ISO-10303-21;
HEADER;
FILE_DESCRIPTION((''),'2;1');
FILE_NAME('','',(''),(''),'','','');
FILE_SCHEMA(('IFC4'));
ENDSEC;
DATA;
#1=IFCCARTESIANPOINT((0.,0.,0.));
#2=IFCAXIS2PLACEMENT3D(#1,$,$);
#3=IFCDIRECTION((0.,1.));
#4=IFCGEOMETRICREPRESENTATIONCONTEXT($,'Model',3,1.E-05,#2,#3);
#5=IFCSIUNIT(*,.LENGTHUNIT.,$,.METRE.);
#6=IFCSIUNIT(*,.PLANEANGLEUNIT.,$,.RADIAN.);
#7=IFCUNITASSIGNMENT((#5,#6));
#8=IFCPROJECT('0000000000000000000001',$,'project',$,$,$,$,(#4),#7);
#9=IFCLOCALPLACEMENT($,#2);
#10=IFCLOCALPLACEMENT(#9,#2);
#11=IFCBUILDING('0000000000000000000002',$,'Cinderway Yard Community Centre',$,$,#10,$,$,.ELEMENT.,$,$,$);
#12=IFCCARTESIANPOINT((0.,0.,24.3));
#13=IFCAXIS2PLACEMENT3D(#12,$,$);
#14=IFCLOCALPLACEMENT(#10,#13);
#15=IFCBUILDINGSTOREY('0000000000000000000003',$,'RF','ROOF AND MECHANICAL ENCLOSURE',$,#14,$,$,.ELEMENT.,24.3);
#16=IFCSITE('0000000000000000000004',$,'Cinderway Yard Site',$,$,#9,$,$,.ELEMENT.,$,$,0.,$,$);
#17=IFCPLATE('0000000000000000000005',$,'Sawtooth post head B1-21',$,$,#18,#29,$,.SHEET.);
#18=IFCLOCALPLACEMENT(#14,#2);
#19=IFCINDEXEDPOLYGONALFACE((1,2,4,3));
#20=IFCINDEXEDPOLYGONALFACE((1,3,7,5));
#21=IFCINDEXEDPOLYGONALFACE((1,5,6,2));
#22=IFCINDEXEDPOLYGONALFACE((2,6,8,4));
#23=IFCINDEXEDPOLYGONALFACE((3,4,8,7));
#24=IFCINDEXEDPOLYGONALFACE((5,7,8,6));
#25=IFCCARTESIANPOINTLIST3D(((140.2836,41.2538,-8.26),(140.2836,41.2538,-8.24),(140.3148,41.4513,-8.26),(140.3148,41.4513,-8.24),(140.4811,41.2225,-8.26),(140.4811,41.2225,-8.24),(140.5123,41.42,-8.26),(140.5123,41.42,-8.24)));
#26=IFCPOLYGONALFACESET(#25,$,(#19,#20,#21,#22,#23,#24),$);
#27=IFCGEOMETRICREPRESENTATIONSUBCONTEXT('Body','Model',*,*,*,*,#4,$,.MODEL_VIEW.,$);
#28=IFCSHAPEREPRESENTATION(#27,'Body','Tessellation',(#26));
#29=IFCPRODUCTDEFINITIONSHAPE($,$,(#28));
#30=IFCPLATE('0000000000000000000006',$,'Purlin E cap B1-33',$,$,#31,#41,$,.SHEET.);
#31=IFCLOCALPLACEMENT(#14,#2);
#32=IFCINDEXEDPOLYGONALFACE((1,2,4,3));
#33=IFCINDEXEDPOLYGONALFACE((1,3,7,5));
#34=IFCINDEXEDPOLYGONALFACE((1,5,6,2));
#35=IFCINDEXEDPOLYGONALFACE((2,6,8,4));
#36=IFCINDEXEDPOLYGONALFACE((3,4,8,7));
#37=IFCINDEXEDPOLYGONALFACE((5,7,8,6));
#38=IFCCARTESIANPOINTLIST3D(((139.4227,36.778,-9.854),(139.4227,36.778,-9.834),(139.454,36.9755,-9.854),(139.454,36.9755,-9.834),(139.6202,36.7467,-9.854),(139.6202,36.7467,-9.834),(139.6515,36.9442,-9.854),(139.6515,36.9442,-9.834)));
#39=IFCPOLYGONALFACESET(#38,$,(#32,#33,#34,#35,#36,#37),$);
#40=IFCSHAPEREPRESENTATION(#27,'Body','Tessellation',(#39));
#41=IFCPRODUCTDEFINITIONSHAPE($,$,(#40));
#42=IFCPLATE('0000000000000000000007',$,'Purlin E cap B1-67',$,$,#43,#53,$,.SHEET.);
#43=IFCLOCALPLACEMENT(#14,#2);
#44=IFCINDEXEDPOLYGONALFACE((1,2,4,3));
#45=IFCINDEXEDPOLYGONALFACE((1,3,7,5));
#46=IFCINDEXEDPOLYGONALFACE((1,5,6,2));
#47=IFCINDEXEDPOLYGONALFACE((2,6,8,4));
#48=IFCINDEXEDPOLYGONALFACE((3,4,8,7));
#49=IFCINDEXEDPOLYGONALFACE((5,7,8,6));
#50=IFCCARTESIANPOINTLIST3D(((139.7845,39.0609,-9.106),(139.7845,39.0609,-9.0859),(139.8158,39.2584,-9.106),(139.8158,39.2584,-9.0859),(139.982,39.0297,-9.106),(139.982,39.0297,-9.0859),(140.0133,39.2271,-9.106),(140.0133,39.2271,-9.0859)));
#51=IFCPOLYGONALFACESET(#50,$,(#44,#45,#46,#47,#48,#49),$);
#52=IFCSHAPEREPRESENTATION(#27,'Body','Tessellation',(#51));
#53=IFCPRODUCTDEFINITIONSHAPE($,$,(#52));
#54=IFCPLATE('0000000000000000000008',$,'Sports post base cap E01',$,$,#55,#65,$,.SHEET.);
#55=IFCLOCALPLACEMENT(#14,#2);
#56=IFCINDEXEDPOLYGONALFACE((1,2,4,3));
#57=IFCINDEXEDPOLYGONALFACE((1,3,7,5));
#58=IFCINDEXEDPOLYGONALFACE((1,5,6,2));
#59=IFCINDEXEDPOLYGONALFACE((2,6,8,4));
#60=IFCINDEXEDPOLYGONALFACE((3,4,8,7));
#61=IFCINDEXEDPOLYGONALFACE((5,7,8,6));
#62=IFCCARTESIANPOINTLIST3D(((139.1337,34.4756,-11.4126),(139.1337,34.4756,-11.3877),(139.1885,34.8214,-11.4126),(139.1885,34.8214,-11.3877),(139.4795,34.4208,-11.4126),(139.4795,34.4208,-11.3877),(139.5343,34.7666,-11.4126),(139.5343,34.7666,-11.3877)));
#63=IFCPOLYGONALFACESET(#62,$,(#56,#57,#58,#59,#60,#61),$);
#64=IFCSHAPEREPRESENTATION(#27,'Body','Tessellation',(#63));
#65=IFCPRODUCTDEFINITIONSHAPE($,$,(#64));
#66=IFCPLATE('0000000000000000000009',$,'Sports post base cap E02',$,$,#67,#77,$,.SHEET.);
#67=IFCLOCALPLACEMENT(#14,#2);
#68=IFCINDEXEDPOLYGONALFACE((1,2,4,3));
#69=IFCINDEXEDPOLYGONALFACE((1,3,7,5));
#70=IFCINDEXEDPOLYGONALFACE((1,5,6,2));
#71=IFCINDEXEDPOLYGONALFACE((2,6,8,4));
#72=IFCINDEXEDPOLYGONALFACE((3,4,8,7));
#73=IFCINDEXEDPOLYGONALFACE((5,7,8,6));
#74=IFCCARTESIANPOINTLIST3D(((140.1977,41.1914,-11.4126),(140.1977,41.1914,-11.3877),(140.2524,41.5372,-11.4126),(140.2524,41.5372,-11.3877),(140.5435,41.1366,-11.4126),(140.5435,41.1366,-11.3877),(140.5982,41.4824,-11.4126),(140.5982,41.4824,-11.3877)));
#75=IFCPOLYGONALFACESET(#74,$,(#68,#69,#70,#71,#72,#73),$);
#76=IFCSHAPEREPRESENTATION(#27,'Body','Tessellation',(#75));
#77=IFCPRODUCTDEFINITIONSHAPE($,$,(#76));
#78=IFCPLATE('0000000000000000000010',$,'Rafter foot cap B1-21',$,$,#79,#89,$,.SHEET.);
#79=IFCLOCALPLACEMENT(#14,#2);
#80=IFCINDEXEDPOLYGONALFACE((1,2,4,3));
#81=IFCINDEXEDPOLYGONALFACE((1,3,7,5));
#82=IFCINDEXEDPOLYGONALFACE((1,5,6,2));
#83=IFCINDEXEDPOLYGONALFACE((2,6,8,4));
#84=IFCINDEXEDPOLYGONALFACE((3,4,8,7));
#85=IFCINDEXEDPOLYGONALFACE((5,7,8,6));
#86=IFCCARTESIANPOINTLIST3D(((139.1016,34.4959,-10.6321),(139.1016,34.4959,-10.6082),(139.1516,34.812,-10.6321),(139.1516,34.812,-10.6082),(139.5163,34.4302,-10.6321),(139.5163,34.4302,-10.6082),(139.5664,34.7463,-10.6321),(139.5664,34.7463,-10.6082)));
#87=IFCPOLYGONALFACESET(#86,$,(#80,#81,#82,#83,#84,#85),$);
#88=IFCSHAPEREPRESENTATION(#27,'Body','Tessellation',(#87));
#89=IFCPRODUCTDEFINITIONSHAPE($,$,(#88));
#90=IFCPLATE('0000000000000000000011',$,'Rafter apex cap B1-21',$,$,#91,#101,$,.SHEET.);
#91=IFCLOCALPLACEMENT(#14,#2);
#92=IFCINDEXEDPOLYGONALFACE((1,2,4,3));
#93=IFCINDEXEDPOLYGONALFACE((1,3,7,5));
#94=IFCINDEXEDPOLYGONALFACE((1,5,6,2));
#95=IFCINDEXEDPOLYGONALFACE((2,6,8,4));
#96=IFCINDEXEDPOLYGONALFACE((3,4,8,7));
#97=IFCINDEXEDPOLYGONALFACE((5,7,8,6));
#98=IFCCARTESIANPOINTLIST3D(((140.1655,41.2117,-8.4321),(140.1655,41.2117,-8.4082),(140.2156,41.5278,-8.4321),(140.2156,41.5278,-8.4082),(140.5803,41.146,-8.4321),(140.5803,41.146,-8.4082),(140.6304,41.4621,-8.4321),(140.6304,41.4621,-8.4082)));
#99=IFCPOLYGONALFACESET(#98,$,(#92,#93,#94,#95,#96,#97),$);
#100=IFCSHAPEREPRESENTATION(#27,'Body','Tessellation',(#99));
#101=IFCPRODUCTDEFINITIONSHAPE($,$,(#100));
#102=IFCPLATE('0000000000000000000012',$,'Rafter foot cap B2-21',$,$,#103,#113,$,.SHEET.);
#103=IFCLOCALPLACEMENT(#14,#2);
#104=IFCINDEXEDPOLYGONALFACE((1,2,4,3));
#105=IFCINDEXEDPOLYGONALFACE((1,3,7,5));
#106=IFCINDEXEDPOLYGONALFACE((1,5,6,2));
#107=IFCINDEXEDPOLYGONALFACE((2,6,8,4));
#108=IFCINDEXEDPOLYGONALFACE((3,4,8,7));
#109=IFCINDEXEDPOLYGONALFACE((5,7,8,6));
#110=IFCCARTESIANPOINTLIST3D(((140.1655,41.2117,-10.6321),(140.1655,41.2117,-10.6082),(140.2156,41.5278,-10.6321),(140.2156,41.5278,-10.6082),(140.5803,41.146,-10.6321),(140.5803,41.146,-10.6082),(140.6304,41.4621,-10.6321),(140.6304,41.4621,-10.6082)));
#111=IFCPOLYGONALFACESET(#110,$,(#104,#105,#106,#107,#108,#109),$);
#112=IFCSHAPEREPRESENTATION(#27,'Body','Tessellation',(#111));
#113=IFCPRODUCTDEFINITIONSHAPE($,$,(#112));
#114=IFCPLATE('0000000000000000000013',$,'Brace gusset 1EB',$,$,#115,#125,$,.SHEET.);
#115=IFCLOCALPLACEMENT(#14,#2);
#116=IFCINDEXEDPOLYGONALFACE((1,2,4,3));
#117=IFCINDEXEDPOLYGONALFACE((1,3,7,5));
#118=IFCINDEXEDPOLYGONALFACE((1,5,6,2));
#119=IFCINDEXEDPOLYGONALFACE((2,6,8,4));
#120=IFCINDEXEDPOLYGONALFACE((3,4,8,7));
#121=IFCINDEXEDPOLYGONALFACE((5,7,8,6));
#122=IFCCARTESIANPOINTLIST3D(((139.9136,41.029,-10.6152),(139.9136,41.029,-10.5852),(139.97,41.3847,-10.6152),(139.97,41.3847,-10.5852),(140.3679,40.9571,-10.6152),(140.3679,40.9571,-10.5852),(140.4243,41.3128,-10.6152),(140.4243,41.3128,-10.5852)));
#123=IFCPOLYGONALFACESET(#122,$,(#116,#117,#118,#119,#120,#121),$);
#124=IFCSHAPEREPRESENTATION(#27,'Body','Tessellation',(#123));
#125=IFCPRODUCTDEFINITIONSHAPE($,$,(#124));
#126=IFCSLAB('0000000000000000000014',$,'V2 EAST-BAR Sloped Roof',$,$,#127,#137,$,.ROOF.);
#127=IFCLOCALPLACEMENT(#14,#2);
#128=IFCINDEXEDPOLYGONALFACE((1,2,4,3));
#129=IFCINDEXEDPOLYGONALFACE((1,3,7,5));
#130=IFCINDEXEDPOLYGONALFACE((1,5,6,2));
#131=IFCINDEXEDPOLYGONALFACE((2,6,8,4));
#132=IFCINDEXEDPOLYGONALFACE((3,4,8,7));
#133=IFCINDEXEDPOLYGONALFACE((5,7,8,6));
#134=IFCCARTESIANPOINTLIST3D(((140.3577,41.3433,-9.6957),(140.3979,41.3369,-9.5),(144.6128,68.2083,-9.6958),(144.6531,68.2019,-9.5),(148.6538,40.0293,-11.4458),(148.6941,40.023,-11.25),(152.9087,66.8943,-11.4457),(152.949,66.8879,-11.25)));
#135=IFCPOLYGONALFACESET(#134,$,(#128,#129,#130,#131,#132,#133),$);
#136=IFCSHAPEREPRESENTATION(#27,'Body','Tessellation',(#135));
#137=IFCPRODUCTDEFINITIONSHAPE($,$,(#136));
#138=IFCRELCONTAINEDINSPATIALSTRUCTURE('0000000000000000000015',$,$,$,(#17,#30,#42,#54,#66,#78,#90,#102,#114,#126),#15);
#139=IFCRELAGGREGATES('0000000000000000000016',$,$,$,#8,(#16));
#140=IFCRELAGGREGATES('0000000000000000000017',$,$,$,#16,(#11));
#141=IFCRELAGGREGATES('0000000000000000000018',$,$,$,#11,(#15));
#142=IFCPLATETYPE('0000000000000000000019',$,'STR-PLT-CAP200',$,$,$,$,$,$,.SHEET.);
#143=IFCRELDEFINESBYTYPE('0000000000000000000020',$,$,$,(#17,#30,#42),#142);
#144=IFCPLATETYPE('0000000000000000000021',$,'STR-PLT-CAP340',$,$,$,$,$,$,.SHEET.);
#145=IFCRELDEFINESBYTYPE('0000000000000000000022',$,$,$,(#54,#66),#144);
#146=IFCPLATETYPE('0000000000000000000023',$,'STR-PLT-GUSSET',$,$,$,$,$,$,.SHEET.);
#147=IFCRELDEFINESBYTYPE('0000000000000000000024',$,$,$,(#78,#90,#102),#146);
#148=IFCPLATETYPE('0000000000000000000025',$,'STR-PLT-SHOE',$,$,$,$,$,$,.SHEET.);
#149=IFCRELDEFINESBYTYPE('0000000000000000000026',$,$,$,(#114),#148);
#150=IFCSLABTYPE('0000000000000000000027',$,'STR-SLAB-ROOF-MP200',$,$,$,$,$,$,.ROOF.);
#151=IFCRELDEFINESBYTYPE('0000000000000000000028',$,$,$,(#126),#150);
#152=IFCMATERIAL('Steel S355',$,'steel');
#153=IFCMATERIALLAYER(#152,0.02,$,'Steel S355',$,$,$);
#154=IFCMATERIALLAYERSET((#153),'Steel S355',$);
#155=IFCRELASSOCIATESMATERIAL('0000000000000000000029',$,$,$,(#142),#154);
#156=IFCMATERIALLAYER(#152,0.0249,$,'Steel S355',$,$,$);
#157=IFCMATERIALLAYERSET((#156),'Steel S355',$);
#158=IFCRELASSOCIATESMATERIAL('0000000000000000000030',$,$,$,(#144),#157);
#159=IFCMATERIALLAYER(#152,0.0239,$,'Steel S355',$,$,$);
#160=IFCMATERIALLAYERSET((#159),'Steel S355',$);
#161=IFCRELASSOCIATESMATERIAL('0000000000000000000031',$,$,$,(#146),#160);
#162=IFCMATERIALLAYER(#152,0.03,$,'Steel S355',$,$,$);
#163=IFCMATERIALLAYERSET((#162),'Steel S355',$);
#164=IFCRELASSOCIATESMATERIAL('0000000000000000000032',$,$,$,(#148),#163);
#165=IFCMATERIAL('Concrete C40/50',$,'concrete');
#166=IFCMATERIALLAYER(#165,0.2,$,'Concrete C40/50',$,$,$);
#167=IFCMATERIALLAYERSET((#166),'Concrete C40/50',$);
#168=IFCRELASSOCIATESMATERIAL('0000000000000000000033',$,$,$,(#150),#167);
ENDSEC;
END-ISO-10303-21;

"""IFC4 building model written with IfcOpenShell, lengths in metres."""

from ifc_helpers import new_model, si_unit, direction, frame, origin, origin_2d, place, context, subcontext, project, spatial, polyline, rectangle, outline, extrude, material, layer, layer_set, type_object, element, save


model = new_model("IFC4")

# Units and contexts
model_context = context("Model", 3, precision=1e-05, world=origin(), true_north=direction((0.0, 1.0)))
body_context = subcontext(model_context, "Body", "Model", "MODEL_VIEW")
ifc_project = project(units=[si_unit("LENGTHUNIT", "METRE"), si_unit("PLANEANGLEUNIT", "RADIAN")], contexts=[model_context])

# Site, building, storey
site_placement = place(None, origin())
site = spatial("IfcSite", under=ifc_project, at=site_placement, Name="Cinderway Yard Site", CompositionType="ELEMENT", RefElevation=0.0)
building_placement = place(site_placement, origin())
building = spatial("IfcBuilding", under=site, at=building_placement, Name="Cinderway Yard Community Centre", CompositionType="ELEMENT")
storey_placement = place(building_placement, frame((0.0, 0.0, 24.3)))
storey = spatial("IfcBuildingStorey", under=building, at=storey_placement, Name="RF", Description="ROOF AND MECHANICAL ENCLOSURE", CompositionType="ELEMENT", Elevation=24.3)

# Shared definitions
ifc_material_1 = material(Name="Steel S355", Category="steel")

# Plates
ifc_layer_1 = layer(ifc_material_1, 0.02, Name="Steel S355")
ifc_layer_set_1 = layer_set([ifc_layer_1], Name="Steel S355")
plate_type_1 = type_object("IfcPlateType", Name="STR-PLT-CAP200", PredefinedType="SHEET", material=ifc_layer_set_1)
for number, where, z_axis, x_axis, name in (
    (1, (140.3979, 41.3369, -8.26), (0.0, 0.0, 1.0), (0.987688, -0.156434, 0.0), "Sawtooth post head B1-21"),
    (2, (139.5371, 36.8611, -9.854), (0.0, 0.0, 1.0), (0.987688, -0.156434, 0.0), "Purlin E cap B1-33"),
    (3, (139.8989, 39.144, -9.106), (0.0, 0.0, 1.0), (0.987688, -0.156434, 0.0), "Purlin E cap B1-67"),
):
    element("IfcPlate", number, at=place(storey_placement, frame(where, z_axis=z_axis, x_axis=x_axis)), inside=storey, type_object=plate_type_1, Name=name, PredefinedType="SHEET", context=body_context, shape_type="SweptSolid", body=[
        extrude(rectangle(XDim=0.2, YDim=0.2, at=origin_2d()), origin(), (0.0, 0.0, 1.0), 0.02),
    ])
ifc_layer_2 = layer(ifc_material_1, 0.0249, Name="Steel S355")
ifc_layer_set_2 = layer_set([ifc_layer_2], Name="Steel S355")
plate_type_2 = type_object("IfcPlateType", Name="STR-PLT-CAP340", PredefinedType="SHEET", material=ifc_layer_set_2)
for number, where, z_axis, x_axis, name in (
    (4, (139.334, 34.6211, -11.4126), (0.0, 0.0, 1.0), (0.987688, -0.156434, 0.0), "Sports post base cap E01"),
    (5, (140.3979, 41.3369, -11.4126), (0.0, 0.0, 1.0), (0.987688, -0.156434, 0.0), "Sports post base cap E02"),
):
    element("IfcPlate", number, at=place(storey_placement, frame(where, z_axis=z_axis, x_axis=x_axis)), inside=storey, type_object=plate_type_2, Name=name, PredefinedType="SHEET", context=body_context, shape_type="SweptSolid", body=[
        extrude(rectangle(XDim=0.3501, YDim=0.3501, at=origin_2d()), origin(), (0.0, 0.0, 1.0), 0.0249),
    ])
ifc_layer_3 = layer(ifc_material_1, 0.0239, Name="Steel S355")
ifc_layer_set_3 = layer_set([ifc_layer_3], Name="Steel S355")
plate_type_3 = type_object("IfcPlateType", Name="STR-PLT-GUSSET", PredefinedType="SHEET", material=ifc_layer_set_3)
for number, where, z_axis, x_axis, name in (
    (6, (139.334, 34.6211, -10.6321), (0.0, 0.0, 1.0), (0.987688, -0.156434, 0.0), "Rafter foot cap B1-21"),
    (7, (140.3979, 41.3369, -8.4321), (0.0, 0.0, 1.0), (0.987688, -0.156434, 0.0), "Rafter apex cap B1-21"),
    (8, (140.3979, 41.3369, -10.6321), (0.0, 0.0, 1.0), (0.987688, -0.156434, 0.0), "Rafter foot cap B2-21"),
):
    element("IfcPlate", number, at=place(storey_placement, frame(where, z_axis=z_axis, x_axis=x_axis)), inside=storey, type_object=plate_type_3, Name=name, PredefinedType="SHEET", context=body_context, shape_type="SweptSolid", body=[
        extrude(rectangle(XDim=0.4199, YDim=0.3201, at=origin_2d()), origin(), (0.0, 0.0, 1.0), 0.0239),
    ])
ifc_layer_4 = layer(ifc_material_1, 0.03, Name="Steel S355")
ifc_layer_set_4 = layer_set([ifc_layer_4], Name="Steel S355")
plate_type_4 = type_object("IfcPlateType", Name="STR-PLT-SHOE", PredefinedType="SHEET", material=ifc_layer_set_4)
plate_1_placement = place(storey_placement, frame((140.1689, 41.1709, -10.6152), z_axis=(0.0, 0.0, 1.0), x_axis=(0.987688, -0.156434, 0.0)))
element("IfcPlate", 9, at=plate_1_placement, inside=storey, type_object=plate_type_4, Name="Brace gusset 1EB", PredefinedType="SHEET", context=body_context, shape_type="SweptSolid", body=[
    extrude(rectangle(XDim=0.46, YDim=0.3601, at=origin_2d()), origin(), (0.0, 0.0, 1.0), 0.03),
])

# Slab
ifc_material_2 = material(Name="Concrete C40/50", Category="concrete")
ifc_layer_5 = layer(ifc_material_2, 0.2, Name="Concrete C40/50")
ifc_layer_set_5 = layer_set([ifc_layer_5], Name="Concrete C40/50")
slab_type = type_object("IfcSlabType", Name="STR-SLAB-ROOF-MP200", PredefinedType="ROOF", material=ifc_layer_set_5)
slab_placement = place(storey_placement, frame((140.3979, 41.3369, -9.5), z_axis=(0.201456, -0.031908, 0.978978), x_axis=(0.966925, -0.153144, -0.203967)))
element("IfcSlab", 10, at=slab_placement, inside=storey, type_object=slab_type, Name="V2 EAST-BAR Sloped Roof", PredefinedType="ROOF", context=body_context, shape_type="SweptSolid", body=[
    extrude(outline(polyline([(0.0, 0.0), (8.5799, 0.0), (8.5799, 27.1998), (0.0002, 27.1999), (0.0, 0.0)])), origin(), (0.0, 0.0, -1.0), 0.2),
])

save(model, "model.ifc")
